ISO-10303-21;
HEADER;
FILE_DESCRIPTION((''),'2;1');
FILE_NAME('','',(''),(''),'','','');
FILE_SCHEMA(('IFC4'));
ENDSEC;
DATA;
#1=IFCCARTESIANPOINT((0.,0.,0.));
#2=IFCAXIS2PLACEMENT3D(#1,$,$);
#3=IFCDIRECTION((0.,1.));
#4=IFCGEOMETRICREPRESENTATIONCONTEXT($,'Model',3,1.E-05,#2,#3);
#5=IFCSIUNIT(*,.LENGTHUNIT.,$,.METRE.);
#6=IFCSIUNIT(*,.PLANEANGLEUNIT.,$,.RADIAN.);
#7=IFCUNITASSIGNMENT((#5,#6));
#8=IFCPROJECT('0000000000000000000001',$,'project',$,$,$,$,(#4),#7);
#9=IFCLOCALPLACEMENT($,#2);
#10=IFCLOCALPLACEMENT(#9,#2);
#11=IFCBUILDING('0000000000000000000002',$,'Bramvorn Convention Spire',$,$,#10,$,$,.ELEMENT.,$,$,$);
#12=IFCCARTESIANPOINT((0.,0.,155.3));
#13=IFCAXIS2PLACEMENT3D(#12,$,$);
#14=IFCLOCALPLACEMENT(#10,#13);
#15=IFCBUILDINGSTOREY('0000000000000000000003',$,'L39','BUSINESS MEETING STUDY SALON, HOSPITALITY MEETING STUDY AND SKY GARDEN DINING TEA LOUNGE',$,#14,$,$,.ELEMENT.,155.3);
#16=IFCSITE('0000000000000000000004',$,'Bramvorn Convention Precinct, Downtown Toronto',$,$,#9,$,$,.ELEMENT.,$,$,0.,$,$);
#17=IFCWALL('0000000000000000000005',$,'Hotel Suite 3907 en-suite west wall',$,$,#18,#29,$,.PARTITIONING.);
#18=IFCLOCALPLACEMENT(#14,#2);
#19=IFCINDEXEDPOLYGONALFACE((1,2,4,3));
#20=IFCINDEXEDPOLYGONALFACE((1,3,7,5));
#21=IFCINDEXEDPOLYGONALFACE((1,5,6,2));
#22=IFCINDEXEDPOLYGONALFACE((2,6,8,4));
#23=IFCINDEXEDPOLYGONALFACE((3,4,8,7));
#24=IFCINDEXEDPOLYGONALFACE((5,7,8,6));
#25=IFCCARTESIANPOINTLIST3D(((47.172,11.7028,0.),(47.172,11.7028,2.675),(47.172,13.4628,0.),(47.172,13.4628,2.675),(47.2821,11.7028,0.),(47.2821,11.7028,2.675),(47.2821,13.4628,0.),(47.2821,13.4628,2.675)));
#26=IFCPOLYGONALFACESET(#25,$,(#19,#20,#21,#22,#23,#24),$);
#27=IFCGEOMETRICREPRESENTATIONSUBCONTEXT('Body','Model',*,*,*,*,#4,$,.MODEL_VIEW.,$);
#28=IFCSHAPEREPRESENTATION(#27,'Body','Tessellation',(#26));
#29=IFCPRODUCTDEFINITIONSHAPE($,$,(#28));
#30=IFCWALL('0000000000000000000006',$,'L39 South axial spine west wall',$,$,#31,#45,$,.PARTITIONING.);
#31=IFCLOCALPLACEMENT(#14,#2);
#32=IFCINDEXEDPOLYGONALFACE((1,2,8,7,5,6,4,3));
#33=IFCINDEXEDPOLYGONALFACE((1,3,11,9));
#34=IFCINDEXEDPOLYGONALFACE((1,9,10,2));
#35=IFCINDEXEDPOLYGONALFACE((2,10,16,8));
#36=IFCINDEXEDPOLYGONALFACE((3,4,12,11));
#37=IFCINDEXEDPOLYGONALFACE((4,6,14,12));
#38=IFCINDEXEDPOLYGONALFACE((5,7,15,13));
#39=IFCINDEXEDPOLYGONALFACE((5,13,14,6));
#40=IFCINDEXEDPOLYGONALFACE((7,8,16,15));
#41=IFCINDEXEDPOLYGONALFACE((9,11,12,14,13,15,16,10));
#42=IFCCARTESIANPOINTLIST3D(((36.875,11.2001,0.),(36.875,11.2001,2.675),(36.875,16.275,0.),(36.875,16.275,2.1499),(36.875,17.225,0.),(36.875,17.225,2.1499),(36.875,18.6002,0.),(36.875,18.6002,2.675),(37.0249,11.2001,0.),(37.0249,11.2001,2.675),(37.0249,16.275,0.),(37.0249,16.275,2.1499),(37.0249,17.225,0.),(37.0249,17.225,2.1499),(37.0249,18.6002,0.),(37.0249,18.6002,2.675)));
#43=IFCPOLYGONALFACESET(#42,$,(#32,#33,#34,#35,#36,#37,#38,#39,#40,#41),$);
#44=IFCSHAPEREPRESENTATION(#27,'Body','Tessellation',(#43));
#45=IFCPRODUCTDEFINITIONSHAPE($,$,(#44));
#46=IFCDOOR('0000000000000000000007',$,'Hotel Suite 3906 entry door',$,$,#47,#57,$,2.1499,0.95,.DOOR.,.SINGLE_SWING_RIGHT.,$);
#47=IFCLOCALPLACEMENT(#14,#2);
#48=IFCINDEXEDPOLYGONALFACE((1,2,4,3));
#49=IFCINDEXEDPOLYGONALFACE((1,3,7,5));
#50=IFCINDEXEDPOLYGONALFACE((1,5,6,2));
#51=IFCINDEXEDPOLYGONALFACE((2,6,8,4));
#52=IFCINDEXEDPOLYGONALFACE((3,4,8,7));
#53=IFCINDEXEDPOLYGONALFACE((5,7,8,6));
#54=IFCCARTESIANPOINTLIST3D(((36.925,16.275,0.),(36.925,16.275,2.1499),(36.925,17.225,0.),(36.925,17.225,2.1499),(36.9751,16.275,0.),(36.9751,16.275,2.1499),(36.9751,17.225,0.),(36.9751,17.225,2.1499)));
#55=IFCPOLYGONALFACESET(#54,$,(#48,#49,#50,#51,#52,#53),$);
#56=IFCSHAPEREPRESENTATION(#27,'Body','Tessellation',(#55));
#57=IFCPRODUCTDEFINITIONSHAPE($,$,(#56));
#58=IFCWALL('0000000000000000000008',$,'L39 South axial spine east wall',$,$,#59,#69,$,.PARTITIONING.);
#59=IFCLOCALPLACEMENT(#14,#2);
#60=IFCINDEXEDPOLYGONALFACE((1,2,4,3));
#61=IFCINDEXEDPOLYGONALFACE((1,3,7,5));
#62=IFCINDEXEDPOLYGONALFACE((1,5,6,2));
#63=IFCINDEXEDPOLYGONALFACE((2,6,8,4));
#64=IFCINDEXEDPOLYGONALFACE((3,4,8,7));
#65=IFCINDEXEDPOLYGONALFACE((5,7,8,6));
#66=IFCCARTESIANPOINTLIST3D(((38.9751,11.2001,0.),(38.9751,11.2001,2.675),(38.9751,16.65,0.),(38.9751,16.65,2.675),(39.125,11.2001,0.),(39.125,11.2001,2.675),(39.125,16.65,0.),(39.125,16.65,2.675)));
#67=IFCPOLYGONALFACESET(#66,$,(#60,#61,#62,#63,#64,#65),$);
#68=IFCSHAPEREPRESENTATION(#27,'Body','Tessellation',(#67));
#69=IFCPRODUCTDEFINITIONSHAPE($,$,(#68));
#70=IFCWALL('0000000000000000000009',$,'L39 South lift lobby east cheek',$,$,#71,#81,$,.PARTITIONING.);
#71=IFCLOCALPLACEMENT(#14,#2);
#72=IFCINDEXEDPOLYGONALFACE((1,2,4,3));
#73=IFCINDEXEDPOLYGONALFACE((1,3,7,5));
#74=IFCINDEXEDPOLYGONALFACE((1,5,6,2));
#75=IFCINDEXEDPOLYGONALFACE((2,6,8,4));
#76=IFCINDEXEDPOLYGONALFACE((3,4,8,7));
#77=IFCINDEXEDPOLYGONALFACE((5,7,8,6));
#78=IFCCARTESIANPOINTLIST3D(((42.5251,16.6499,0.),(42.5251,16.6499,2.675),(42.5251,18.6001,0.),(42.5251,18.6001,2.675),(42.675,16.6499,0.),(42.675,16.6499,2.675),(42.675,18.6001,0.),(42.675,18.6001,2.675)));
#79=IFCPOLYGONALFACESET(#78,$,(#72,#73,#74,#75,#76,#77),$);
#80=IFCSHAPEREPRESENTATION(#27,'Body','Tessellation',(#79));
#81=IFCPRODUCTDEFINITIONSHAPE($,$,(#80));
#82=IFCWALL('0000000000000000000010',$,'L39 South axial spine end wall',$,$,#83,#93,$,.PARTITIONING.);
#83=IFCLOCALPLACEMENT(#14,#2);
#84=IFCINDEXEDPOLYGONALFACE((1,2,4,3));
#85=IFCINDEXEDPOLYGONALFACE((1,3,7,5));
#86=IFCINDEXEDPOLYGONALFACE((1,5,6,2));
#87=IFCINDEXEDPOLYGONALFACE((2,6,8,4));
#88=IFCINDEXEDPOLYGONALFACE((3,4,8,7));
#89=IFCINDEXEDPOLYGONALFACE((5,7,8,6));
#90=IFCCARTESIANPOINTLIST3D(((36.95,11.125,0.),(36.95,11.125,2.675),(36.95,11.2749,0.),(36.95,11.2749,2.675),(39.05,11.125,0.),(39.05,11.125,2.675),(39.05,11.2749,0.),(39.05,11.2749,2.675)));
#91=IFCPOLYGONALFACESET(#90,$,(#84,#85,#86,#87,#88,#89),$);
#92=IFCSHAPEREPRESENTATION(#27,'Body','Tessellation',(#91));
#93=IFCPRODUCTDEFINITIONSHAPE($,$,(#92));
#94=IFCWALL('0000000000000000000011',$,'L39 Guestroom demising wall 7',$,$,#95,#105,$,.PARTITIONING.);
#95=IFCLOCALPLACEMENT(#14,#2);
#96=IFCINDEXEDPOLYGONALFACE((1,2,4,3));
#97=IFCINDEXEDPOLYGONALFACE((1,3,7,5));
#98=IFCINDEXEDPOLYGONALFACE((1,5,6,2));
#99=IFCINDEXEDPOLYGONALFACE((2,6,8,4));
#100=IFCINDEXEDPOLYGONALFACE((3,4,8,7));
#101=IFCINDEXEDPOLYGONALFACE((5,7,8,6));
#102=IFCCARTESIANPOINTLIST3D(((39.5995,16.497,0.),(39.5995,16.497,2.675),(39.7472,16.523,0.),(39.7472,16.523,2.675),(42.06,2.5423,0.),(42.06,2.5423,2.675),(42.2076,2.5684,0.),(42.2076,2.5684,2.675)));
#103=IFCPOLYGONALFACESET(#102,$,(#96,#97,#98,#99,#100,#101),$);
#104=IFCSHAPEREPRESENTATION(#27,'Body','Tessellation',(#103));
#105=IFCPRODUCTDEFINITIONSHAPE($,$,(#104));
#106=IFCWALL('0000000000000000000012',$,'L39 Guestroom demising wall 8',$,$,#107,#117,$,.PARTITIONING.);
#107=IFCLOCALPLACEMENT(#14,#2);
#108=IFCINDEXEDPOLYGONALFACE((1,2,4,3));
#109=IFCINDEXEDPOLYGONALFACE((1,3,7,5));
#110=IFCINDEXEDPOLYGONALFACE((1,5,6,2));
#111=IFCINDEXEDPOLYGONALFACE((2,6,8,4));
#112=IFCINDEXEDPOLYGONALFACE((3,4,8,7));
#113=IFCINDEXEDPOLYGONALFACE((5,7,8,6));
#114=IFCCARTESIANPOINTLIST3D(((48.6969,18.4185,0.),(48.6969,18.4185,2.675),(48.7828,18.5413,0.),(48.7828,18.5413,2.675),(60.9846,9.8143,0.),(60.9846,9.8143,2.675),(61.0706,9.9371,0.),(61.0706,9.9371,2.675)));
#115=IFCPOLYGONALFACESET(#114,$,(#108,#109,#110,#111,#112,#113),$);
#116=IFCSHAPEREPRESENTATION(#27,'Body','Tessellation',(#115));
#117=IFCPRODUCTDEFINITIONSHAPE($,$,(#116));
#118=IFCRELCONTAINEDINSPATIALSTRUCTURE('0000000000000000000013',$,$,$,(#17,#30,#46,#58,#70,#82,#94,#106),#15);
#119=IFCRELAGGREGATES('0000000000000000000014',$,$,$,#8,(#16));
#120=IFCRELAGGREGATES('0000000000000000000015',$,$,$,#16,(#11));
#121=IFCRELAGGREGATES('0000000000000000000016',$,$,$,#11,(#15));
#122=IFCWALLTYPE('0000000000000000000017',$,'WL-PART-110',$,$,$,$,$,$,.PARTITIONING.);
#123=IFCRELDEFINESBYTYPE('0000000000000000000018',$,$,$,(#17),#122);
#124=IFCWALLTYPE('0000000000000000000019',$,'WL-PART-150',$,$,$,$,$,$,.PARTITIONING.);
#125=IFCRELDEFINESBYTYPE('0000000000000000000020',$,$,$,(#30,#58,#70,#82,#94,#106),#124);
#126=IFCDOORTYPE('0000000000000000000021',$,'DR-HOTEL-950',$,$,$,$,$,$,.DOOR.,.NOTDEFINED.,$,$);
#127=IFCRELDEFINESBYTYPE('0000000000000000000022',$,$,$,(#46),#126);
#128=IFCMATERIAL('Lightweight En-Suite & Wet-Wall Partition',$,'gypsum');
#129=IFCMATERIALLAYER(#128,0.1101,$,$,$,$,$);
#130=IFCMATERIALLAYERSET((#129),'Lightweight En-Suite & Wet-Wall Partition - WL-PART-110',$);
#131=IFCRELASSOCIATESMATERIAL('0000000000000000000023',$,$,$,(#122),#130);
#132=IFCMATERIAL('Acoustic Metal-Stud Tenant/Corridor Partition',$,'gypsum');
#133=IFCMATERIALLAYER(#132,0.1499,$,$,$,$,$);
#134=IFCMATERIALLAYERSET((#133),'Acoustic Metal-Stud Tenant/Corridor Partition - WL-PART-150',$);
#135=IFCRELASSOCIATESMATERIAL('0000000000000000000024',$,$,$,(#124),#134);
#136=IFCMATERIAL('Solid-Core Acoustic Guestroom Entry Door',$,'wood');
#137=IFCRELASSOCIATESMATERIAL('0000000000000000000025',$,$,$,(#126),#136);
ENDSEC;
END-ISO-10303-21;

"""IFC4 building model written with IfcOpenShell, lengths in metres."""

from ifc_helpers import new_model, si_unit, direction, frame, frame_2d, origin, place, context, subcontext, project, spatial, rectangle, extrude, material, layer, layer_set, type_object, element, fill, save


model = new_model("IFC4")

# Units and contexts
model_context = context("Model", 3, precision=1e-05, world=origin(), true_north=direction((0.0, 1.0)))
body_context = subcontext(model_context, "Body", "Model", "MODEL_VIEW")
ifc_project = project(units=[si_unit("LENGTHUNIT", "METRE"), si_unit("PLANEANGLEUNIT", "RADIAN")], contexts=[model_context])

# Site, building, storey
site_placement = place(None, origin())
site = spatial("IfcSite", under=ifc_project, at=site_placement, Name="Bramvorn Convention Precinct, Downtown Toronto", CompositionType="ELEMENT", RefElevation=0.0)
building_placement = place(site_placement, origin())
building = spatial("IfcBuilding", under=site, at=building_placement, Name="Bramvorn Convention Spire", CompositionType="ELEMENT")
storey_placement = place(building_placement, frame((0.0, 0.0, 155.3)))
storey = spatial("IfcBuildingStorey", under=building, at=storey_placement, Name="L39", Description="BUSINESS MEETING STUDY SALON, HOSPITALITY MEETING STUDY AND SKY GARDEN DINING TEA LOUNGE", CompositionType="ELEMENT", Elevation=155.3)

# Shared definitions
ifc_material_1 = material(Name="Lightweight En-Suite & Wet-Wall Partition", Category="gypsum")
ifc_layer_1 = layer(ifc_material_1, 0.1101)
ifc_layer_set_1 = layer_set([ifc_layer_1], Name="Lightweight En-Suite & Wet-Wall Partition - WL-PART-110")
wall_type_1 = type_object("IfcWallType", Name="WL-PART-110", PredefinedType="PARTITIONING", material=ifc_layer_set_1)

# Wall
wall_1_placement = place(storey_placement, frame((47.2271, 11.7029, 0.0), z_axis=(0.0, 0.0, 1.0), x_axis=(0.0, 1.0, 0.0)))
element("IfcWall", 1, at=wall_1_placement, inside=storey, type_object=wall_type_1, Name="Hotel Suite 3907 en-suite west wall", PredefinedType="PARTITIONING", context=body_context, shape_type="SweptSolid", body=[
    extrude(rectangle(XDim=1.76, YDim=0.1101, at=frame_2d((0.8799, 0.0))), origin(), (0.0, 0.0, 1.0), 2.675),
])

# Wall, opening, door
ifc_material_2 = material(Name="Acoustic Metal-Stud Tenant/Corridor Partition", Category="gypsum")
ifc_layer_2 = layer(ifc_material_2, 0.1499)
ifc_layer_set_2 = layer_set([ifc_layer_2], Name="Acoustic Metal-Stud Tenant/Corridor Partition - WL-PART-150")
wall_type_2 = type_object("IfcWallType", Name="WL-PART-150", PredefinedType="PARTITIONING", material=ifc_layer_set_2)
wall_2_placement = place(storey_placement, frame((36.95, 11.2, 0.0), z_axis=(0.0, 0.0, 1.0), x_axis=(0.0, 1.0, 0.0)))
wall_2 = element("IfcWall", 2, at=wall_2_placement, inside=storey, type_object=wall_type_2, Name="L39 South axial spine west wall", PredefinedType="PARTITIONING", context=body_context, shape_type="SweptSolid", body=[
    extrude(rectangle(XDim=7.4001, YDim=0.1499, at=frame_2d((3.7002, 0.0))), origin(), (0.0, 0.0, 1.0), 2.675),
])
opening_1_placement = place(wall_2_placement, frame((5.075, 0.0, 0.0)))
opening_1 = element("IfcOpeningElement", 3, at=opening_1_placement, cuts=wall_2, PredefinedType="OPENING", context=body_context, shape_type="SweptSolid", body=[
    extrude(rectangle(XDim=0.95, YDim=2.1499, at=frame_2d((0.4751, 1.075))), frame((0.0, 0.085, 0.0), z_axis=(0.0, -1.0, 0.0), x_axis=(1.0, 0.0, 0.0)), (0.0, 0.0, 1.0), 0.1699),
])
ifc_material_3 = material(Name="Solid-Core Acoustic Guestroom Entry Door", Category="wood")
door_type_1 = type_object("IfcDoorType", Name="DR-HOTEL-950", OperationType="NOTDEFINED", PredefinedType="DOOR", material=ifc_material_3)
door_1_placement = place(opening_1_placement, origin())
door_1 = element("IfcDoor", 4, at=door_1_placement, inside=storey, type_object=door_type_1, Name="Hotel Suite 3906 entry door", OperationType="SINGLE_SWING_RIGHT", OverallHeight=2.1499, OverallWidth=0.95, PredefinedType="DOOR", context=body_context, shape_type="SweptSolid", body=[
    extrude(rectangle(XDim=0.95, YDim=2.1499, at=frame_2d((0.4751, 1.075))), frame((0.0, 0.0249, 0.0), z_axis=(0.0, -1.0, 0.0), x_axis=(1.0, 0.0, 0.0)), (0.0, 0.0, 1.0), 0.05),
])
fill(opening_1, door_1)

# Wall
wall_3_placement = place(storey_placement, frame((39.05, 11.2, 0.0), z_axis=(0.0, 0.0, 1.0), x_axis=(0.0, 1.0, 0.0)))
element("IfcWall", 5, at=wall_3_placement, inside=storey, type_object=wall_type_2, Name="L39 South axial spine east wall", PredefinedType="PARTITIONING", context=body_context, shape_type="SweptSolid", body=[
    extrude(rectangle(XDim=5.45, YDim=0.1499, at=frame_2d((2.7251, 0.0))), origin(), (0.0, 0.0, 1.0), 2.675),
])

# Walls
wall_4_placement = place(storey_placement, frame((42.6001, 16.6499, 0.0), z_axis=(0.0, 0.0, 1.0), x_axis=(0.0, 1.0, 0.0)))
element("IfcWall", 6, at=wall_4_placement, inside=storey, type_object=wall_type_2, Name="L39 South lift lobby east cheek", PredefinedType="PARTITIONING", context=body_context, shape_type="SweptSolid", body=[
    extrude(rectangle(XDim=1.9502, YDim=0.1499, at=frame_2d((0.9751, 0.0))), origin(), (0.0, 0.0, 1.0), 2.675),
])
wall_5_placement = place(storey_placement, frame((36.95, 11.2, 0.0), z_axis=(0.0, 0.0, 1.0), x_axis=(1.0, 0.0, 0.0)))
element("IfcWall", 7, at=wall_5_placement, inside=storey, type_object=wall_type_2, Name="L39 South axial spine end wall", PredefinedType="PARTITIONING", context=body_context, shape_type="SweptSolid", body=[
    extrude(rectangle(XDim=2.1001, YDim=0.1499, at=frame_2d((1.05, 0.0))), origin(), (0.0, 0.0, 1.0), 2.675),
])
wall_6_placement = place(storey_placement, frame((39.6733, 16.51, 0.0), z_axis=(0.0, 0.0, 1.0), x_axis=(0.17364, -0.984809, 0.0)))
element("IfcWall", 8, at=wall_6_placement, inside=storey, type_object=wall_type_2, Name="L39 Guestroom demising wall 7", PredefinedType="PARTITIONING", context=body_context, shape_type="SweptSolid", body=[
    extrude(rectangle(XDim=14.1699, YDim=0.1499, at=frame_2d((7.085, 0.0))), origin(), (0.0, 0.0, 1.0), 2.675),
])
wall_7_placement = place(storey_placement, frame((48.7397, 18.48, 0.0), z_axis=(0.0, 0.0, 1.0), x_axis=(0.819146, -0.573586, 0.0)))
element("IfcWall", 9, at=wall_7_placement, inside=storey, type_object=wall_type_2, Name="L39 Guestroom demising wall 8", PredefinedType="PARTITIONING", context=body_context, shape_type="SweptSolid", body=[
    extrude(rectangle(XDim=15.0007, YDim=0.1499, at=frame_2d((7.5005, 0.0))), origin(), (0.0, 0.0, 1.0), 2.675),
])

save(model, "model.ifc")
